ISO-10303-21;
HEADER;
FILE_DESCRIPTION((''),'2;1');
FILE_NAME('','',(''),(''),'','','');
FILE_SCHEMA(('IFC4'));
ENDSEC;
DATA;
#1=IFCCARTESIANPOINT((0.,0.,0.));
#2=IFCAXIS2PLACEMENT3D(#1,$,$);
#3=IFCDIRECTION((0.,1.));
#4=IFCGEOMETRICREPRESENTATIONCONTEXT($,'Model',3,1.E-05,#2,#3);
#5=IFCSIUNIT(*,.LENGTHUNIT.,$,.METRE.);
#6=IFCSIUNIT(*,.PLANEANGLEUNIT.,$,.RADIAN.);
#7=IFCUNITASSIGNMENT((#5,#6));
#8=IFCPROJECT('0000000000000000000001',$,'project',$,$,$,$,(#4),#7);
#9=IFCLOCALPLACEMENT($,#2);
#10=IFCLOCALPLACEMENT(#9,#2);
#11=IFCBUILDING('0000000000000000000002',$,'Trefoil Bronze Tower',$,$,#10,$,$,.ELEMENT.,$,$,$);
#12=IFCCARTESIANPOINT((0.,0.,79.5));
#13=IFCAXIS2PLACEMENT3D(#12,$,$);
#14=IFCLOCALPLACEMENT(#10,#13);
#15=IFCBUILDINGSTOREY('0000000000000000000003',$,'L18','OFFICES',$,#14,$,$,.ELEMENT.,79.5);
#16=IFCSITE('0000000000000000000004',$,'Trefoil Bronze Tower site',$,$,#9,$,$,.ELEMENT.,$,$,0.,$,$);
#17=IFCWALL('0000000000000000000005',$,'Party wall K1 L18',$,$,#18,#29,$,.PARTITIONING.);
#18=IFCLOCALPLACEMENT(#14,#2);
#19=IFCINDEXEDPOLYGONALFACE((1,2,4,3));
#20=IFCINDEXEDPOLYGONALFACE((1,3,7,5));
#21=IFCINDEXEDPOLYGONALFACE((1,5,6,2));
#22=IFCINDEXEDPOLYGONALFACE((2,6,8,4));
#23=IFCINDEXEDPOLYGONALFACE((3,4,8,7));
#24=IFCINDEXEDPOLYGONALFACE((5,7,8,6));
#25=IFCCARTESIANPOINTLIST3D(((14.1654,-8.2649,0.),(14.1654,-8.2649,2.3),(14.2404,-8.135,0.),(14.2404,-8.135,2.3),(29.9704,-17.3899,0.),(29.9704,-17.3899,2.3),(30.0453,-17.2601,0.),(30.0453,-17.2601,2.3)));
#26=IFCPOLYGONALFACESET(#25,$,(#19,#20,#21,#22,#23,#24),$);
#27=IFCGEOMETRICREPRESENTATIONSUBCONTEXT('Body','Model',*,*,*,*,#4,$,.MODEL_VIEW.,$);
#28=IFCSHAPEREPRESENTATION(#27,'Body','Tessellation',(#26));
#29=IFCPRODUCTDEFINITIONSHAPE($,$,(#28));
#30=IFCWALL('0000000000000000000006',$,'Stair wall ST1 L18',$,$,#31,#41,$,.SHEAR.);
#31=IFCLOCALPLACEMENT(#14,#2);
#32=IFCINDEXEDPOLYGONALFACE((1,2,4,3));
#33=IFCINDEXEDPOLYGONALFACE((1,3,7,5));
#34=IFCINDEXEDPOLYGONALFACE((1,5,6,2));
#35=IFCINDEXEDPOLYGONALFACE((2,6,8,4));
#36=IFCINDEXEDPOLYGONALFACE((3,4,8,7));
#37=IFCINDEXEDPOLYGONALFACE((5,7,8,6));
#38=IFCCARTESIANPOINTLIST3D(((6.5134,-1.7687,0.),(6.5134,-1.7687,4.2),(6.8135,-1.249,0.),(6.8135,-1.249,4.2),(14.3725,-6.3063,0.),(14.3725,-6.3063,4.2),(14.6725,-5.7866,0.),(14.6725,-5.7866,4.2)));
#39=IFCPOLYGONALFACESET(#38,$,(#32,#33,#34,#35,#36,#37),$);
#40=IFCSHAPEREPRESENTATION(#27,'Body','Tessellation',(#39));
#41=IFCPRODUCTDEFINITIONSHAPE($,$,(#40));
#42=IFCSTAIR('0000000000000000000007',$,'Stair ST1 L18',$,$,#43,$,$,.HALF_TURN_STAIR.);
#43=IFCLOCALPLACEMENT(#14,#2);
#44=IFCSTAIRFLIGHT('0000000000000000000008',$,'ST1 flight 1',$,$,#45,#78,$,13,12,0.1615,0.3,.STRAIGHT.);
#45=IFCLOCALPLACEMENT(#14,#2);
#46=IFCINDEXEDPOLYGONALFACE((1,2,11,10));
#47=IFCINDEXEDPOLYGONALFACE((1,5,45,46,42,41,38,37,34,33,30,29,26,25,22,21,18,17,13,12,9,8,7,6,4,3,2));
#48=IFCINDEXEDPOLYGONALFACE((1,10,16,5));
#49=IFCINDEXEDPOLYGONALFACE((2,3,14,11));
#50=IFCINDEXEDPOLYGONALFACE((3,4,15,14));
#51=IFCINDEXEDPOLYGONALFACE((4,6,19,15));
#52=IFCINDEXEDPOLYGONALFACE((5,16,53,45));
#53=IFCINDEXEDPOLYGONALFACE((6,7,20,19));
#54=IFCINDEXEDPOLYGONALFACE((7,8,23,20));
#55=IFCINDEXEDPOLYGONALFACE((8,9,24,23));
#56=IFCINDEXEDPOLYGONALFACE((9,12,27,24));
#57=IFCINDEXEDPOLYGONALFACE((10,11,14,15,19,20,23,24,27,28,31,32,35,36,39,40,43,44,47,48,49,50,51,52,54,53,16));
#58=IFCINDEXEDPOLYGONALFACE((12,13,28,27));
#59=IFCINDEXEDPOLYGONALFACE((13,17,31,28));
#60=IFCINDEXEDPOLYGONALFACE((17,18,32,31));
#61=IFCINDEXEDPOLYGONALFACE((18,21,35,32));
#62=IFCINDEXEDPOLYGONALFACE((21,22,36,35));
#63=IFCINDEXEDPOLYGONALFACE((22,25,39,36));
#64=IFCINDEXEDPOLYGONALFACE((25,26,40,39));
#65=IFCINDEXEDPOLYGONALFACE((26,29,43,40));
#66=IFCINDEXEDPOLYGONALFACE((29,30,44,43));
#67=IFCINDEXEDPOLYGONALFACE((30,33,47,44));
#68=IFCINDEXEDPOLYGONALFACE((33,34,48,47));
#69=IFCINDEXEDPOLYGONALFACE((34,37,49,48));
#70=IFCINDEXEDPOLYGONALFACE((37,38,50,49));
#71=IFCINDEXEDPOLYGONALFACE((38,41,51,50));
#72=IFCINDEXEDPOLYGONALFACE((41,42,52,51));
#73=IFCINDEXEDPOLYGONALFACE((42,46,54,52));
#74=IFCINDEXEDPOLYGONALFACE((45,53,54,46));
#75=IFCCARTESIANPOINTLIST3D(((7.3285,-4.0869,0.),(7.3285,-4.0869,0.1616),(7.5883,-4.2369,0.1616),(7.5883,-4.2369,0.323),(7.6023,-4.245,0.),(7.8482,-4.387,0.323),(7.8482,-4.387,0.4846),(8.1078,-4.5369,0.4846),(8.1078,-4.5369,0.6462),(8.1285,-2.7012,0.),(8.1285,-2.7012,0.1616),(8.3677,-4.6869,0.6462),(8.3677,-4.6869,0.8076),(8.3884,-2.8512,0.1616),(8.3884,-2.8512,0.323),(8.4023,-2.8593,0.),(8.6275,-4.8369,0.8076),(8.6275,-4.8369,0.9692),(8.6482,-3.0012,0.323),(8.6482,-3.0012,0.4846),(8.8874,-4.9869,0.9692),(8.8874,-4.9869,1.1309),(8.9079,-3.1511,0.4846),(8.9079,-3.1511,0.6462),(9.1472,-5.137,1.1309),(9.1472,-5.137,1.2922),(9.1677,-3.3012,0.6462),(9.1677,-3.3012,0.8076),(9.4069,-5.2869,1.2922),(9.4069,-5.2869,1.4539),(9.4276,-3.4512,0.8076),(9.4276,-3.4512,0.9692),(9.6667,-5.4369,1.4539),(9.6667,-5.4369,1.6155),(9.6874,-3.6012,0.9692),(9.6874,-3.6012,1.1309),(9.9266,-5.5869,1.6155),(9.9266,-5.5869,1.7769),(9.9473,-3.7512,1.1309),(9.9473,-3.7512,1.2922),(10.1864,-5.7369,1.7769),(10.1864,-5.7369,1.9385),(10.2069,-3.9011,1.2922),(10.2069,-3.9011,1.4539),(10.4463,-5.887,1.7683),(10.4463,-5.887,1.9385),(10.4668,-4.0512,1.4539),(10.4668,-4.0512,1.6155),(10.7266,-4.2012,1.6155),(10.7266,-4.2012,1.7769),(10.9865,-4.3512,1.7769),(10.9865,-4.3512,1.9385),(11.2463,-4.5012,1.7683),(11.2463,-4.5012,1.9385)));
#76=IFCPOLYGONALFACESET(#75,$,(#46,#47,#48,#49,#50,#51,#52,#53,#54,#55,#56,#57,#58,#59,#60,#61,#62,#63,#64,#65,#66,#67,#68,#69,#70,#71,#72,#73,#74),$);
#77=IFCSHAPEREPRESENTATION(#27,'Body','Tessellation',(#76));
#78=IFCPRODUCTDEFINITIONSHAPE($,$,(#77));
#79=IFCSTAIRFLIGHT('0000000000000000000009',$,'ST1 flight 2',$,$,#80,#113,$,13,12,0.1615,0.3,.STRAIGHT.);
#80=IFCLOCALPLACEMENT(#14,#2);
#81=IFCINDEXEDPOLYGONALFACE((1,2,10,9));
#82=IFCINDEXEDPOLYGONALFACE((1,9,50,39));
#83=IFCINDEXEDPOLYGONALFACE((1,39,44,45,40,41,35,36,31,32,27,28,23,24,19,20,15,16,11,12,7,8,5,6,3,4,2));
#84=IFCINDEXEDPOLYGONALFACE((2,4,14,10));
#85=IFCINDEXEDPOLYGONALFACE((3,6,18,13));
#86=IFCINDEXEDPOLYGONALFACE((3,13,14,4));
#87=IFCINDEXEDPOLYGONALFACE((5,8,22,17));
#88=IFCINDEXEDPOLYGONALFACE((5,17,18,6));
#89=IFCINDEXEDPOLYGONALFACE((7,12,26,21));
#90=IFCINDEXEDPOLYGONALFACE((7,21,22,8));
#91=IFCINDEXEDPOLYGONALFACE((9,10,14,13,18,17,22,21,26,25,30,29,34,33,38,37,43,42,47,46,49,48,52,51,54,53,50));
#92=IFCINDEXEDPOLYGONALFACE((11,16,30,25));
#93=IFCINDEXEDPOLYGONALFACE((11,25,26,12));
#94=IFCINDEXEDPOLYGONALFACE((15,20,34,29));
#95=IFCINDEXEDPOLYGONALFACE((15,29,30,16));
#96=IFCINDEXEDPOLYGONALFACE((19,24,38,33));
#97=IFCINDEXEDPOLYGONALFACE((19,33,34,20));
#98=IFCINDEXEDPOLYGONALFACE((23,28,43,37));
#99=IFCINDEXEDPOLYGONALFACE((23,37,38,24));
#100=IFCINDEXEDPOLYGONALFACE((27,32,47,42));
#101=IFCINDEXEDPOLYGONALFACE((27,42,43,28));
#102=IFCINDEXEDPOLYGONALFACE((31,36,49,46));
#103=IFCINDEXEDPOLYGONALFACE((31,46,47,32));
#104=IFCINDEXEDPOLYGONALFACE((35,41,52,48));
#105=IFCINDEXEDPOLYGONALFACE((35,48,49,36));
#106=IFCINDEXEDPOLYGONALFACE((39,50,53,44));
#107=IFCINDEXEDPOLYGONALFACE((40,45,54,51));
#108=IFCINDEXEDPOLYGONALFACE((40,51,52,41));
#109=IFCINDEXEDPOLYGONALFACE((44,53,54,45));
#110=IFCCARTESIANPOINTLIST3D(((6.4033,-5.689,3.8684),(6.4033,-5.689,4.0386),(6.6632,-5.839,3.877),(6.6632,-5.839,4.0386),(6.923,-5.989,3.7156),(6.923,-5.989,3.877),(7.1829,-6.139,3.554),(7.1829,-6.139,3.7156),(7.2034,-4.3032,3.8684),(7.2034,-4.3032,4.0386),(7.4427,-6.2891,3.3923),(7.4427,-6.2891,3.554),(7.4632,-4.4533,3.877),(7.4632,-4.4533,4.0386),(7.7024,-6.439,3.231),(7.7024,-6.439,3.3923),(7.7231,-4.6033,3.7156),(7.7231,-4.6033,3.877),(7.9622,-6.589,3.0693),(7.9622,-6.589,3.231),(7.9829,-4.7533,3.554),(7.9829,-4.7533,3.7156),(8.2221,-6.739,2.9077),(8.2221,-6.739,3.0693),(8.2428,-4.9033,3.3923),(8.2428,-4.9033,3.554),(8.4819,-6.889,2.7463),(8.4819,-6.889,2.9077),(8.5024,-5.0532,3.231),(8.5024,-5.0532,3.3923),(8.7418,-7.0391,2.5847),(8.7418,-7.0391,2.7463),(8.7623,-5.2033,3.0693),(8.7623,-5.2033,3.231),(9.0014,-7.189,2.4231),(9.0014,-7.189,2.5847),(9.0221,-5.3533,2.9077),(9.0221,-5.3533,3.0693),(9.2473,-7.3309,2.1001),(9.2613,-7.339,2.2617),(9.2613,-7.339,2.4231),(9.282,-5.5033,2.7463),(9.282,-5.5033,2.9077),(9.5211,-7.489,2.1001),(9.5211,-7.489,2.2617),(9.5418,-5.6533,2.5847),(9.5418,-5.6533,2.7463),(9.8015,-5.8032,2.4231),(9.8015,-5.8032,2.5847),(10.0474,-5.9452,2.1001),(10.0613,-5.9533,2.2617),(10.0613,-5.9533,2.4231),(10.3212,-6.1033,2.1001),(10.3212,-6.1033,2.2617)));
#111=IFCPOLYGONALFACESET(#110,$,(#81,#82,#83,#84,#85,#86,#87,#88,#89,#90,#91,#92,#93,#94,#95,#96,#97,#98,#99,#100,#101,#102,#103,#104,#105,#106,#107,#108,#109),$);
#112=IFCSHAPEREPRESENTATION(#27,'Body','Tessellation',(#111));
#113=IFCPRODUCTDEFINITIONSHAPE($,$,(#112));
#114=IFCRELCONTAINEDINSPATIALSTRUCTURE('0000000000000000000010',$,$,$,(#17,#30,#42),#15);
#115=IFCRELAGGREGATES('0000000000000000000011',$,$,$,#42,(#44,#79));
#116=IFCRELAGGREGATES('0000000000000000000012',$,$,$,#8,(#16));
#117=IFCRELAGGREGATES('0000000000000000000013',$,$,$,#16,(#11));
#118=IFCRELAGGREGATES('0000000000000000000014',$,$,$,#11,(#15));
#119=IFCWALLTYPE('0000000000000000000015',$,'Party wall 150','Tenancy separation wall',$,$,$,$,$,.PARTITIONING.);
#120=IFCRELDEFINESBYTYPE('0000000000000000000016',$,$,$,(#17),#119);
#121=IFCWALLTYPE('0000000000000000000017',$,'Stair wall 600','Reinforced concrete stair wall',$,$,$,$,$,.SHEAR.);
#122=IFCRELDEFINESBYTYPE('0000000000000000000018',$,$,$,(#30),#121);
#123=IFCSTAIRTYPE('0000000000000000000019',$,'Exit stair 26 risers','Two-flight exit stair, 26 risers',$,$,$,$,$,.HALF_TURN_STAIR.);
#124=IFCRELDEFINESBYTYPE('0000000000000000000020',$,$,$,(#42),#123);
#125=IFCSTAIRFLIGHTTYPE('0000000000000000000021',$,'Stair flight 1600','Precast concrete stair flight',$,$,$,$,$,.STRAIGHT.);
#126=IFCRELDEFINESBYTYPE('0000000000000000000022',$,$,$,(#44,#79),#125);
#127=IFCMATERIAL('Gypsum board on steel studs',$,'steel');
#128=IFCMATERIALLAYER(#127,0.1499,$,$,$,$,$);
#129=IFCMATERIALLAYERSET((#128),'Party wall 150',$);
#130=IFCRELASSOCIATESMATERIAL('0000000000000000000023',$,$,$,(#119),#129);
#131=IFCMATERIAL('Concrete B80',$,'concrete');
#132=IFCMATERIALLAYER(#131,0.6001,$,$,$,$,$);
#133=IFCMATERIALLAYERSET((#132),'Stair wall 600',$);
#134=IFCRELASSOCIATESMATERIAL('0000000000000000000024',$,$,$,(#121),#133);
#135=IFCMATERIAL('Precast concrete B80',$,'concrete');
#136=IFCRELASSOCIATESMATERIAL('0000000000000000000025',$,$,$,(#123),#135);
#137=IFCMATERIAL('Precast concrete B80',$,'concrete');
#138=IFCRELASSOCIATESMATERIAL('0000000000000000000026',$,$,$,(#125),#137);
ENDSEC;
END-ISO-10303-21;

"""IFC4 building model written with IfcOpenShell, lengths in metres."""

from ifc_helpers import new_model, si_unit, direction, frame, frame_2d, origin, place, context, subcontext, project, spatial, polyline, rectangle, outline, extrude, material, layer, layer_set, type_object, element, aggregate, save


model = new_model("IFC4")

# Units and contexts
model_context = context("Model", 3, precision=1e-05, world=origin(), true_north=direction((0.0, 1.0)))
body_context = subcontext(model_context, "Body", "Model", "MODEL_VIEW")
ifc_project = project(units=[si_unit("LENGTHUNIT", "METRE"), si_unit("PLANEANGLEUNIT", "RADIAN")], contexts=[model_context])

# Site, building, storey
site_placement = place(None, origin())
site = spatial("IfcSite", under=ifc_project, at=site_placement, Name="Trefoil Bronze Tower site", CompositionType="ELEMENT", RefElevation=0.0)
building_placement = place(site_placement, origin())
building = spatial("IfcBuilding", under=site, at=building_placement, Name="Trefoil Bronze Tower", CompositionType="ELEMENT")
storey_placement = place(building_placement, frame((0.0, 0.0, 79.5)))
storey = spatial("IfcBuildingStorey", under=building, at=storey_placement, Name="L18", Description="OFFICES", CompositionType="ELEMENT", Elevation=79.5)

# Walls
ifc_material_1 = material(Name="Gypsum board on steel studs", Category="steel")
ifc_layer_1 = layer(ifc_material_1, 0.1499)
ifc_layer_set_1 = layer_set([ifc_layer_1], Name="Party wall 150")
wall_type_1 = type_object("IfcWallType", Name="Party wall 150", Description="Tenancy separation wall", PredefinedType="PARTITIONING", material=ifc_layer_set_1)
wall_1_placement = place(storey_placement, frame((14.2029, -8.2, 0.0), z_axis=(0.0, 0.0, 1.0), x_axis=(0.866025, -0.500001, 0.0)))
element("IfcWall", 1, at=wall_1_placement, inside=storey, type_object=wall_type_1, Name="Party wall K1 L18", PredefinedType="PARTITIONING", context=body_context, shape_type="SweptSolid", body=[
    extrude(rectangle(XDim=18.25, YDim=0.1499, at=frame_2d((9.125, 0.0))), origin(), (0.0, 0.0, 1.0), 2.3),
])
ifc_material_2 = material(Name="Concrete B80", Category="concrete")
ifc_layer_2 = layer(ifc_material_2, 0.6001)
ifc_layer_set_2 = layer_set([ifc_layer_2], Name="Stair wall 600")
wall_type_2 = type_object("IfcWallType", Name="Stair wall 600", Description="Reinforced concrete stair wall", PredefinedType="SHEAR", material=ifc_layer_set_2)
wall_2_placement = place(storey_placement, frame((6.6633, -1.5088, 0.0), z_axis=(0.0, 0.0, 1.0), x_axis=(0.866019, -0.50001, 0.0)))
element("IfcWall", 2, at=wall_2_placement, inside=storey, type_object=wall_type_2, Name="Stair wall ST1 L18", PredefinedType="SHEAR", context=body_context, shape_type="SweptSolid", body=[
    extrude(rectangle(XDim=9.075, YDim=0.6001, at=frame_2d((4.5376, 0.0))), origin(), (0.0, 0.0, 1.0), 4.2),
])

# Stair, stair flights
ifc_material_3 = material(Name="Precast concrete B80", Category="concrete")
stair_type = type_object("IfcStairType", Name="Exit stair 26 risers", Description="Two-flight exit stair, 26 risers", PredefinedType="HALF_TURN_STAIR", material=ifc_material_3)
stair_placement = place(storey_placement, origin())
stair = element("IfcStair", 3, at=stair_placement, inside=storey, type_object=stair_type, Name="Stair ST1 L18", PredefinedType="HALF_TURN_STAIR")
ifc_material_4 = material(Name="Precast concrete B80", Category="concrete")
stair_flight_type = type_object("IfcStairFlightType", Name="Stair flight 1600", Description="Precast concrete stair flight", PredefinedType="STRAIGHT", material=ifc_material_4)
stair_flight_1_placement = place(storey_placement, frame((7.7285, -3.394, 0.0), z_axis=(0.0, 0.0, 1.0), x_axis=(0.866025, -0.5, 0.0)))
stair_flight_1 = element("IfcStairFlight", 4, at=stair_flight_1_placement, type_object=stair_flight_type, Name="ST1 flight 1", NumberOfRisers=13, NumberOfTreads=12, PredefinedType="STRAIGHT", RiserHeight=0.1615, TreadLength=0.3, context=body_context, shape_type="SweptSolid", body=[
    extrude(outline(polyline([(0.0, 0.0), (0.0, 0.1616), (0.3, 0.1616), (0.3, 0.323), (0.6001, 0.323), (0.6001, 0.4846), (0.8999, 0.4846), (0.8999, 0.6462), (1.2, 0.6462), (1.2, 0.8076), (1.5, 0.8076), (1.5, 0.9692), (1.8, 0.9692), (1.8, 1.1309), (2.1001, 1.1309), (2.1001, 1.2922), (2.3999, 1.2922), (2.3999, 1.4539), (2.7, 1.4539), (2.7, 1.6155), (3.0, 1.6155), (3.0, 1.7769), (3.3, 1.7769), (3.3, 1.9385), (3.6001, 1.9385), (3.6001, 2.1001), (3.6001, 1.7683), (0.3162, 0.0), (0.0, 0.0)])), frame((0.0, 0.8, 0.0), z_axis=(0.0, -1.0, 0.0), x_axis=(1.0, 0.0, 0.0)), (0.0, 0.0, 1.0), 1.6001),
])
stair_flight_2_placement = place(storey_placement, frame((9.9211, -6.7961, 2.1001), z_axis=(0.0, 0.0, 1.0), x_axis=(-0.866025, 0.5, 0.0)))
stair_flight_2 = element("IfcStairFlight", 5, at=stair_flight_2_placement, type_object=stair_flight_type, Name="ST1 flight 2", NumberOfRisers=13, NumberOfTreads=12, PredefinedType="STRAIGHT", RiserHeight=0.1615, TreadLength=0.3, context=body_context, shape_type="SweptSolid", body=[
    extrude(outline(polyline([(0.0, 0.0), (0.0, 0.1616), (0.3, 0.1616), (0.3, 0.323), (0.6001, 0.323), (0.6001, 0.4846), (0.8999, 0.4846), (0.8999, 0.6462), (1.2, 0.6462), (1.2, 0.8076), (1.5, 0.8076), (1.5, 0.9692), (1.8, 0.9692), (1.8, 1.1309), (2.1001, 1.1309), (2.1001, 1.2922), (2.3999, 1.2922), (2.3999, 1.4539), (2.7, 1.4539), (2.7, 1.6155), (3.0, 1.6155), (3.0, 1.7769), (3.3, 1.7769), (3.3, 1.9385), (3.6001, 1.9385), (3.6001, 2.1001), (3.6001, 1.7683), (0.3162, 0.0), (0.0, 0.0)])), frame((0.0, 0.8, 0.0), z_axis=(0.0, -1.0, 0.0), x_axis=(1.0, 0.0, 0.0)), (0.0, 0.0, 1.0), 1.6001),
])
aggregate(stair, [stair_flight_1, stair_flight_2])

save(model, "model.ifc")
